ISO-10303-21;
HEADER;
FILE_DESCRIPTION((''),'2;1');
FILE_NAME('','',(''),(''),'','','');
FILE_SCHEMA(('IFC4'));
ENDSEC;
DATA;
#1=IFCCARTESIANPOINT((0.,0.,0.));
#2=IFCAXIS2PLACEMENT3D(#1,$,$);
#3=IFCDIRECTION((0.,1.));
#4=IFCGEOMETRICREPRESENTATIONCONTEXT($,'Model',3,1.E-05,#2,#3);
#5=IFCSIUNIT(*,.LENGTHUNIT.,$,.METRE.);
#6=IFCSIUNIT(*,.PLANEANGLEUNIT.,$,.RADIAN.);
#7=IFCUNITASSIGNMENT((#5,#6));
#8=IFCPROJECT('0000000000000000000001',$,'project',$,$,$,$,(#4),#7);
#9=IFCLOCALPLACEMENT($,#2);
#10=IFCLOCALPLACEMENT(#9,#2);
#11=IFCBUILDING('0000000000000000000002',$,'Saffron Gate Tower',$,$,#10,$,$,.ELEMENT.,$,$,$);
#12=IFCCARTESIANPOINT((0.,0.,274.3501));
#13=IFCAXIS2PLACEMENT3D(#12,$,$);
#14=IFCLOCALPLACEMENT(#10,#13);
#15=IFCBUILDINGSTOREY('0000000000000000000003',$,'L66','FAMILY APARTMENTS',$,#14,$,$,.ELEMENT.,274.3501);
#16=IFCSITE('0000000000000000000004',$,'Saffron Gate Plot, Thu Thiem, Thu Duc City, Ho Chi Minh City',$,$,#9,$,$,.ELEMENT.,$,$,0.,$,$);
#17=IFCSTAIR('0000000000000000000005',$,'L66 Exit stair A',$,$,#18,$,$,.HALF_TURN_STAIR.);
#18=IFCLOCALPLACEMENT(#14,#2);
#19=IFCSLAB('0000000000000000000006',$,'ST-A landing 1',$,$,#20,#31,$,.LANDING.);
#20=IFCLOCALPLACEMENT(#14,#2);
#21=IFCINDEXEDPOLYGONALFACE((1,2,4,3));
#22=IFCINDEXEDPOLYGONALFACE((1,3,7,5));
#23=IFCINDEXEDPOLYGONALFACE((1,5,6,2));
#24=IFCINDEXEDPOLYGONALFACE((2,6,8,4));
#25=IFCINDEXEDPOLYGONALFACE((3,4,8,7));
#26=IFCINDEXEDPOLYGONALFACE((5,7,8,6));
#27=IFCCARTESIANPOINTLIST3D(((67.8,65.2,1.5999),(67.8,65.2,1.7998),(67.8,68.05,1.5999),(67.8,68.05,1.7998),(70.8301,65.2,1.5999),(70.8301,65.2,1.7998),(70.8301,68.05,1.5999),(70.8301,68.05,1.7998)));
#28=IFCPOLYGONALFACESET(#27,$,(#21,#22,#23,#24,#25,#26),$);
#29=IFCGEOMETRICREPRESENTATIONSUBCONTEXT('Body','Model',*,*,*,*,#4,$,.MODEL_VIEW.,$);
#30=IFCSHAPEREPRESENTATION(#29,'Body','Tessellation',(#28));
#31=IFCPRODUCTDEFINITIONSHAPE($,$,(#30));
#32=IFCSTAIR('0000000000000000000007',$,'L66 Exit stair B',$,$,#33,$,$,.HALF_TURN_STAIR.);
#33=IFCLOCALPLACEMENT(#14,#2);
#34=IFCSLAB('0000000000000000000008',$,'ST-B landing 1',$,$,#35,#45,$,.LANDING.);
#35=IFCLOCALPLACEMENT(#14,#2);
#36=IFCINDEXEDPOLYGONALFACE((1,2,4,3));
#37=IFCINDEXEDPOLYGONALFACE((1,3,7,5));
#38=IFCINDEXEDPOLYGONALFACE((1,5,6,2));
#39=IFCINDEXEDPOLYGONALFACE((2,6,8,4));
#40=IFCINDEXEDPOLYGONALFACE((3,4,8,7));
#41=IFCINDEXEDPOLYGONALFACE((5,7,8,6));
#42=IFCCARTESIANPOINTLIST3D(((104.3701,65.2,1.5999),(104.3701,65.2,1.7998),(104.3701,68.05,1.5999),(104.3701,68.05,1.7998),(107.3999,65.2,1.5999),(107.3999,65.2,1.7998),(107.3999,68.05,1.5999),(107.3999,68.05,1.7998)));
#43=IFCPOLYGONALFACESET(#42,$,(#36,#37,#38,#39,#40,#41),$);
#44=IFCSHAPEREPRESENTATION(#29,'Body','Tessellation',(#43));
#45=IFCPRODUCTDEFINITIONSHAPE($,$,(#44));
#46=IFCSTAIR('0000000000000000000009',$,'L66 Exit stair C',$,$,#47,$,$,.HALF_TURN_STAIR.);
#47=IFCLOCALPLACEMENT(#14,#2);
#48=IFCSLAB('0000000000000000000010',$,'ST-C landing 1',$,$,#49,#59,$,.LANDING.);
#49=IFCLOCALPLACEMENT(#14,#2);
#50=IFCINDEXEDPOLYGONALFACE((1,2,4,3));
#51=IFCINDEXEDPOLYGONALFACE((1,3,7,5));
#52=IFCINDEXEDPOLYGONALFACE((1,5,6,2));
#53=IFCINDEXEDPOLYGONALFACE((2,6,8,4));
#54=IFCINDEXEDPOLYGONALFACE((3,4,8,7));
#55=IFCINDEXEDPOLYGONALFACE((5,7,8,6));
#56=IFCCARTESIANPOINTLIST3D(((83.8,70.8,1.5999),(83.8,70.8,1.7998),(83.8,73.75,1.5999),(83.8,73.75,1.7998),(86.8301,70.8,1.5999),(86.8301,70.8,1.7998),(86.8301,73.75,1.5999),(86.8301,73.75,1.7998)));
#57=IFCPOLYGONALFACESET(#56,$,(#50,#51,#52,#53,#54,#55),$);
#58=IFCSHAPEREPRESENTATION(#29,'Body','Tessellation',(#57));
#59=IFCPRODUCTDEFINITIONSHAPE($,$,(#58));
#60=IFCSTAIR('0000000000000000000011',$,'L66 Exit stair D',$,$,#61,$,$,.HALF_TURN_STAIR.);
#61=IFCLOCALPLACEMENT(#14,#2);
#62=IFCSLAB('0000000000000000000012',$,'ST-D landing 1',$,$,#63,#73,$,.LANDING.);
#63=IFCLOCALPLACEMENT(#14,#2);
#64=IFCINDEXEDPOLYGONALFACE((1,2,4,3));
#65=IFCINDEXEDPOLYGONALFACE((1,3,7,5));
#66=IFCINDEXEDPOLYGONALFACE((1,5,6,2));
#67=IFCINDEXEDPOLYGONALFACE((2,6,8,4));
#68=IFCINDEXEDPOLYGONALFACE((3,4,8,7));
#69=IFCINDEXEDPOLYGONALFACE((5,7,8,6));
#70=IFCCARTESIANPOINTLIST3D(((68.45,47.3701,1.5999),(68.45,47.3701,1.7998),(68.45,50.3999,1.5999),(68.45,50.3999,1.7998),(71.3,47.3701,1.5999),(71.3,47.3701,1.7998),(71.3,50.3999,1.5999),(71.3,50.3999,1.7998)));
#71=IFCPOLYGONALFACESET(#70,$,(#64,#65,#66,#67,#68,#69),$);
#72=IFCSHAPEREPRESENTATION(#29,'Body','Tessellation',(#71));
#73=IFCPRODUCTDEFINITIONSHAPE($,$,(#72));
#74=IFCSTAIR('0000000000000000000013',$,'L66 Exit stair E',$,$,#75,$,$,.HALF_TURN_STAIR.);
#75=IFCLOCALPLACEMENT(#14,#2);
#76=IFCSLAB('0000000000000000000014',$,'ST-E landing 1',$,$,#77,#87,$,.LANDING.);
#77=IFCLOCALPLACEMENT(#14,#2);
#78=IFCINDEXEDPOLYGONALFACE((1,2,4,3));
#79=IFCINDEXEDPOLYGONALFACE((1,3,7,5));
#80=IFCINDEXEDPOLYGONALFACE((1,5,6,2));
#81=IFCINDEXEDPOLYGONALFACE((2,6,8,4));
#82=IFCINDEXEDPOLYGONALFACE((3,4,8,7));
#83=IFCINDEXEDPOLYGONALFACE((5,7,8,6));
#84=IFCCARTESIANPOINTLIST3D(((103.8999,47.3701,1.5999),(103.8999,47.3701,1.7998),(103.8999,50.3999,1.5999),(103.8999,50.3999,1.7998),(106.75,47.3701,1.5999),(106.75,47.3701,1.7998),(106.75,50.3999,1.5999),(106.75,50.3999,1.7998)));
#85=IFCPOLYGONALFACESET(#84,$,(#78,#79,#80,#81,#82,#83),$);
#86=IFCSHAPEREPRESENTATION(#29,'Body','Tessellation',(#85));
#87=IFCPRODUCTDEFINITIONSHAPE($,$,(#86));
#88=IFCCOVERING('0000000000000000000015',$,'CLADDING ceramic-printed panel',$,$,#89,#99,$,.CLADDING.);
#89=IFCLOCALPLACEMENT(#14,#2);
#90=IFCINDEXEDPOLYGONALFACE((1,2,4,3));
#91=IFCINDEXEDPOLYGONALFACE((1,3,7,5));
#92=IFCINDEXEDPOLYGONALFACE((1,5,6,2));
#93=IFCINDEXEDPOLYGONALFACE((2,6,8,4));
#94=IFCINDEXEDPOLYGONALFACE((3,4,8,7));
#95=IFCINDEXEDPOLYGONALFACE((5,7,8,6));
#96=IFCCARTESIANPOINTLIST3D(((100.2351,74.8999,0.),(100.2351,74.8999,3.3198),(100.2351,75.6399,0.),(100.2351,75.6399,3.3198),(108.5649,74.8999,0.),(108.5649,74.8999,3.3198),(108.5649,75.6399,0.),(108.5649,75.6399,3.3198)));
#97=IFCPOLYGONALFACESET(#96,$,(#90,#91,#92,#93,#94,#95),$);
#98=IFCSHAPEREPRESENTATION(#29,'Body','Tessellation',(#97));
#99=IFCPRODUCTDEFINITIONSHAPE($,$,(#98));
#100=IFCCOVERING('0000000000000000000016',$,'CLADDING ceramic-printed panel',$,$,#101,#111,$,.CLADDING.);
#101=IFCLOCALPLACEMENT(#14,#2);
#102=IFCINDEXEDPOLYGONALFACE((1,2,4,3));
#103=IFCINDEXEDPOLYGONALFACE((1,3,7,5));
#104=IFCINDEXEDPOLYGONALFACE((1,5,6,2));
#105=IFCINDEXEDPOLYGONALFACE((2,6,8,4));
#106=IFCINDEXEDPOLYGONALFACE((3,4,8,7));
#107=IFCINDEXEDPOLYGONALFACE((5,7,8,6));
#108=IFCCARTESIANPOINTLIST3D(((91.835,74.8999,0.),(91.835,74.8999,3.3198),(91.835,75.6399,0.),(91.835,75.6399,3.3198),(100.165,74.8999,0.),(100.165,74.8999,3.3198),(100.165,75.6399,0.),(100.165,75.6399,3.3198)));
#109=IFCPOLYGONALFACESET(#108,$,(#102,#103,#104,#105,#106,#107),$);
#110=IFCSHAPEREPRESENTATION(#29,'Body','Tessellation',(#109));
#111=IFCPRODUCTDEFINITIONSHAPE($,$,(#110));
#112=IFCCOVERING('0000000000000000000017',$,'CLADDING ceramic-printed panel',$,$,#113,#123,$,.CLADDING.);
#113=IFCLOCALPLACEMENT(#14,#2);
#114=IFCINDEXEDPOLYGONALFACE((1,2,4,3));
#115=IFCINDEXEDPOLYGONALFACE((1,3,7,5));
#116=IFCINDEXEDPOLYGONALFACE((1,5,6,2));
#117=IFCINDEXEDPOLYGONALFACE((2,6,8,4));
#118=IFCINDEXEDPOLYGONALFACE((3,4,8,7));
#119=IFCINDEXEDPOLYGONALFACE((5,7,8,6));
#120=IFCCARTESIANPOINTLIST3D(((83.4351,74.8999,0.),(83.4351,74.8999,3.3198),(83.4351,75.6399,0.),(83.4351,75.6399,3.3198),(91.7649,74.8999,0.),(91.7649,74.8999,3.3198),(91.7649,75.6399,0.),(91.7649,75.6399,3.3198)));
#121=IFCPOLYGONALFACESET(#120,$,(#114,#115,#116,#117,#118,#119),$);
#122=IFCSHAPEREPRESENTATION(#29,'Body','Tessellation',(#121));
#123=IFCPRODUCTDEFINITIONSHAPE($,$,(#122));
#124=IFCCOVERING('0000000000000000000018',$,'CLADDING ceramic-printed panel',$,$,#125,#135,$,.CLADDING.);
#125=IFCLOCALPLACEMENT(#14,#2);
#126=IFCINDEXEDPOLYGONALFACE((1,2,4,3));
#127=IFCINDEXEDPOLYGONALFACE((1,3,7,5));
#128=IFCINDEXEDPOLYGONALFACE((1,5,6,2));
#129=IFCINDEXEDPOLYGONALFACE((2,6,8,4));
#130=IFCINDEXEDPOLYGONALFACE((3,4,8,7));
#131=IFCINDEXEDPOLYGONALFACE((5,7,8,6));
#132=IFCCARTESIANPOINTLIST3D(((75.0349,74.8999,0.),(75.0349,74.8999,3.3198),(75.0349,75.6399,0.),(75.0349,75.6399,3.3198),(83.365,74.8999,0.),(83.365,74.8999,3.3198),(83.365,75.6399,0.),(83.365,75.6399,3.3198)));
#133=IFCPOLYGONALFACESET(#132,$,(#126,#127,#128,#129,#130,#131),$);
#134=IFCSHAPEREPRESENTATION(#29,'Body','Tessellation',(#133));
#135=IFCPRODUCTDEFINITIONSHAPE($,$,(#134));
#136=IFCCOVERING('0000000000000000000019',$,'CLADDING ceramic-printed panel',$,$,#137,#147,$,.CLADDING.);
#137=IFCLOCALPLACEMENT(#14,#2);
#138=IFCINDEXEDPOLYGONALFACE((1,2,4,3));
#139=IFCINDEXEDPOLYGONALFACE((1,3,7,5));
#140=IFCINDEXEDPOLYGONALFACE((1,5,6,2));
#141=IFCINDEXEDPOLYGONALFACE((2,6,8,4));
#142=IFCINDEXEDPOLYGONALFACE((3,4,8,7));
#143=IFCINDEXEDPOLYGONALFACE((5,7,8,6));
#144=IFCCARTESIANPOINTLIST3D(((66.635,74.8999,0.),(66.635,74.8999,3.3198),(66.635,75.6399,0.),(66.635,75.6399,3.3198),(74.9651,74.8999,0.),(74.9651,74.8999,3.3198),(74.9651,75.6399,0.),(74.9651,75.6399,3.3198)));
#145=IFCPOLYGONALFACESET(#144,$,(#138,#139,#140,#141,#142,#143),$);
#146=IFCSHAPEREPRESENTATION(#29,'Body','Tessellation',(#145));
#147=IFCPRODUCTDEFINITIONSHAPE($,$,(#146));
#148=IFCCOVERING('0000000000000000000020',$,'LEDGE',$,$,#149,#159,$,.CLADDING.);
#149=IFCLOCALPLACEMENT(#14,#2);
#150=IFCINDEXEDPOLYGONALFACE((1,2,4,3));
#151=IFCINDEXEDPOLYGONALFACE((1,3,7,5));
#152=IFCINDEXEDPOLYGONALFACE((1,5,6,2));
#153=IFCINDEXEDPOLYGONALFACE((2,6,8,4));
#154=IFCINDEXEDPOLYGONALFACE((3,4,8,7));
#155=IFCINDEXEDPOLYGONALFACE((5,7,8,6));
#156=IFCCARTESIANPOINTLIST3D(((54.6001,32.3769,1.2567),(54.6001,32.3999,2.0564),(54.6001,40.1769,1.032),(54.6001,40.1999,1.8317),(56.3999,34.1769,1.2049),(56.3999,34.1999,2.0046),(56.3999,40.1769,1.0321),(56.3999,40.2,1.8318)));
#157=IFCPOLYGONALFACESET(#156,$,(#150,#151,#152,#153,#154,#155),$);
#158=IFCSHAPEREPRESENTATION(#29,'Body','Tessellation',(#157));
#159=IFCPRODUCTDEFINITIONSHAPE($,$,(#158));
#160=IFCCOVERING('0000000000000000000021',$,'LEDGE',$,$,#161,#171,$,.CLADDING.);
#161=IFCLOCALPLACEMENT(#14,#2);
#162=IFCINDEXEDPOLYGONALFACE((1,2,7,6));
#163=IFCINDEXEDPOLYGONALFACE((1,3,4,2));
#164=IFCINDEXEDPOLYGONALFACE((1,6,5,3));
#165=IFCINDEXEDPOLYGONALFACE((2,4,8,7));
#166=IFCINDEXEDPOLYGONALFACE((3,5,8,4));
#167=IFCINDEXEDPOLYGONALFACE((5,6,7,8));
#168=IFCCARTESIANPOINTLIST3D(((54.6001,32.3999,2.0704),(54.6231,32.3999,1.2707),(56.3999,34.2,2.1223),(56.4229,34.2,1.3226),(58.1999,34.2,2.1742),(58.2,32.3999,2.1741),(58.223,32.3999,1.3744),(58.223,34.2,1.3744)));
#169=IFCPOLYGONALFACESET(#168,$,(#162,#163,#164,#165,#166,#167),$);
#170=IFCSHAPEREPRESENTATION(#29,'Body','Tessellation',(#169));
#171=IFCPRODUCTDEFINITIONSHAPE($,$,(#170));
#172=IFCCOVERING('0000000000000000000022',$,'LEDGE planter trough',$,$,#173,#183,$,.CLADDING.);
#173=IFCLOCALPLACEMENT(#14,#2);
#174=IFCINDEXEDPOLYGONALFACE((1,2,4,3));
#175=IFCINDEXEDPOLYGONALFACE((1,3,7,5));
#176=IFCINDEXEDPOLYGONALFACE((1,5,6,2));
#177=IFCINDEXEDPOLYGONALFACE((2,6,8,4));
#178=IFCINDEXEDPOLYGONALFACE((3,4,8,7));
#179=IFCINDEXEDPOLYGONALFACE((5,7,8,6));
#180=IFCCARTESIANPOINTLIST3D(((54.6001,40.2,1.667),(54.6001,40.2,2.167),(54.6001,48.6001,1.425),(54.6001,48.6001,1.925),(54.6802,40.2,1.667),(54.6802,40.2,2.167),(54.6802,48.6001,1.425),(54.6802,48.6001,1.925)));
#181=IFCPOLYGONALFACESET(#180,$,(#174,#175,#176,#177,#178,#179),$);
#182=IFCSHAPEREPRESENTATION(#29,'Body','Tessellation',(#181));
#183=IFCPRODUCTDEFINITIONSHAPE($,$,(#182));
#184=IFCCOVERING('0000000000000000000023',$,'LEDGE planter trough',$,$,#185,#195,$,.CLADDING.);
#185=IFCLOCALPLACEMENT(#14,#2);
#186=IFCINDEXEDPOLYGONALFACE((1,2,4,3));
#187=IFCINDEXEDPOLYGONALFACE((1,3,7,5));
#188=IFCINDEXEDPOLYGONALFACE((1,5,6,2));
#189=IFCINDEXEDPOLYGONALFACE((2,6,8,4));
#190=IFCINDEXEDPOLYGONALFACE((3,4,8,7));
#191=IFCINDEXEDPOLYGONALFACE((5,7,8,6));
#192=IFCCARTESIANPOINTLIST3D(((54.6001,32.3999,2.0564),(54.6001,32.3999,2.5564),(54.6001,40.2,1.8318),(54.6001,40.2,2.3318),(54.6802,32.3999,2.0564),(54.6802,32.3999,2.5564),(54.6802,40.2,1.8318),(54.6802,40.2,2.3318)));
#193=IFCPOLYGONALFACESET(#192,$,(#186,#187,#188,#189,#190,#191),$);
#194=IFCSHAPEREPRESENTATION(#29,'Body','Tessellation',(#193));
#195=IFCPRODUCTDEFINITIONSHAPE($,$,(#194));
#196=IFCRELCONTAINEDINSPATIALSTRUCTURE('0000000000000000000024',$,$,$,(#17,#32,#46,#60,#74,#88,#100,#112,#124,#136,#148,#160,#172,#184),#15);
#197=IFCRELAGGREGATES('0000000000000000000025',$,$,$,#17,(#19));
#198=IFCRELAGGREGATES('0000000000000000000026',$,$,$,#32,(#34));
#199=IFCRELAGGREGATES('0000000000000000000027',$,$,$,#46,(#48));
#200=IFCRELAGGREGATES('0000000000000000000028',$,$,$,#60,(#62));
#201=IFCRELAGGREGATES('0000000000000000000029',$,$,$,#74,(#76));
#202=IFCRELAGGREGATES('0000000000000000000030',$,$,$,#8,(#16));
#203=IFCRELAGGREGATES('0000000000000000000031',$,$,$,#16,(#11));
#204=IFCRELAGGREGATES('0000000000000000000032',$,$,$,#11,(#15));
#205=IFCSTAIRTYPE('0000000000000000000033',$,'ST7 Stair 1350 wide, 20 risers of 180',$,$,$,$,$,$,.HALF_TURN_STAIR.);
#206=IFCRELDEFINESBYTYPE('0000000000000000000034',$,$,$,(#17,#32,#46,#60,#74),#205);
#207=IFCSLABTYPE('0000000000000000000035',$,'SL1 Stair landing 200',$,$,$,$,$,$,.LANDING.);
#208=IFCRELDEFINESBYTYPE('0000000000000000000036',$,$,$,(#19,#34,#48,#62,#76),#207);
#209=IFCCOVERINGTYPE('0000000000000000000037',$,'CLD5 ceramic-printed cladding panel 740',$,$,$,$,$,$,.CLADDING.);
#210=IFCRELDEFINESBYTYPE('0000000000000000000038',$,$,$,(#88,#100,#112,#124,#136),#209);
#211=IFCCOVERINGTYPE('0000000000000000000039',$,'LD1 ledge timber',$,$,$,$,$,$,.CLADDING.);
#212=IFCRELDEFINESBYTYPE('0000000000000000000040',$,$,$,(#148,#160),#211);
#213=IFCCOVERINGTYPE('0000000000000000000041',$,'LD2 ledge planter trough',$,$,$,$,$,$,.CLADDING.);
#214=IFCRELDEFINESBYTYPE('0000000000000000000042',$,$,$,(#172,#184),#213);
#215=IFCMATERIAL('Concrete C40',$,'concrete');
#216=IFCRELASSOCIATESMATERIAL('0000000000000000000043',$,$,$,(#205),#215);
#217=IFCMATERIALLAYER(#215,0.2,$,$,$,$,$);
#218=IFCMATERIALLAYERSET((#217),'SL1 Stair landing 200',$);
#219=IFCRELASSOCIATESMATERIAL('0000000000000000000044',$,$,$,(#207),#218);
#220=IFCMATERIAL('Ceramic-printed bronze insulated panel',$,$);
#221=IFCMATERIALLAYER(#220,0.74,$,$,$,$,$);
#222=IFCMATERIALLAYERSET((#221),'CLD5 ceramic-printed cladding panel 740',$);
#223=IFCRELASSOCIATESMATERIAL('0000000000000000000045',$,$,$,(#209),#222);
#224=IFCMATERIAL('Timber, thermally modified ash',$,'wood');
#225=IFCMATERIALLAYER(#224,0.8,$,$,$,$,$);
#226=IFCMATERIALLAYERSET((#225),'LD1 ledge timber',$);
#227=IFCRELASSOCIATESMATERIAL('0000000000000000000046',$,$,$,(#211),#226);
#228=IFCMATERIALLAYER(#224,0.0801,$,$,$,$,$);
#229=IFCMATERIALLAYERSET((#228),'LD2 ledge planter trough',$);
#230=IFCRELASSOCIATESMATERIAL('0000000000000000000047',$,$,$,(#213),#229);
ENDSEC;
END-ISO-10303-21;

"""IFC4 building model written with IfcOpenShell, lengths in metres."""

from ifc_helpers import new_model, si_unit, direction, frame, origin, place, context, subcontext, project, spatial, polyline, outline, extrude, material, layer, layer_set, type_object, element, aggregate, save


model = new_model("IFC4")

# Units and contexts
model_context = context("Model", 3, precision=1e-05, world=origin(), true_north=direction((0.0, 1.0)))
body_context = subcontext(model_context, "Body", "Model", "MODEL_VIEW")
ifc_project = project(units=[si_unit("LENGTHUNIT", "METRE"), si_unit("PLANEANGLEUNIT", "RADIAN")], contexts=[model_context])

# Site, building, storey
site_placement = place(None, origin())
site = spatial("IfcSite", under=ifc_project, at=site_placement, Name="Saffron Gate Plot, Thu Thiem, Thu Duc City, Ho Chi Minh City", CompositionType="ELEMENT", RefElevation=0.0)
building_placement = place(site_placement, origin())
building = spatial("IfcBuilding", under=site, at=building_placement, Name="Saffron Gate Tower", CompositionType="ELEMENT")
storey_placement = place(building_placement, frame((0.0, 0.0, 274.3501)))
storey = spatial("IfcBuildingStorey", under=building, at=storey_placement, Name="L66", Description="FAMILY APARTMENTS", CompositionType="ELEMENT", Elevation=274.3501)

# Shared definitions
ifc_material_1 = material(Name="Concrete C40", Category="concrete")

# Stairs, slabs
stair_type = type_object("IfcStairType", Name="ST7 Stair 1350 wide, 20 risers of 180", PredefinedType="HALF_TURN_STAIR", material=ifc_material_1)
stair_1_placement = place(storey_placement, origin())
stair_1 = element("IfcStair", 1, at=stair_1_placement, inside=storey, type_object=stair_type, Name="L66 Exit stair A", PredefinedType="HALF_TURN_STAIR")
ifc_layer_1 = layer(ifc_material_1, 0.2)
ifc_layer_set_1 = layer_set([ifc_layer_1], Name="SL1 Stair landing 200")
slab_type_1 = type_object("IfcSlabType", Name="SL1 Stair landing 200", PredefinedType="LANDING", material=ifc_layer_set_1)
slab_1_placement = place(storey_placement, frame((0.0, 0.0, 1.5999)))
slab_1 = element("IfcSlab", 2, at=slab_1_placement, type_object=slab_type_1, Name="ST-A landing 1", PredefinedType="LANDING", context=body_context, shape_type="SweptSolid", body=[
    extrude(outline(polyline([(70.8301, 68.05), (67.8, 68.05), (67.8, 65.2), (70.8301, 65.2), (70.8301, 68.05)])), origin(), (0.0, 0.0, 1.0), 0.2),
])
aggregate(stair_1, [slab_1])
stair_2_placement = place(storey_placement, origin())
stair_2 = element("IfcStair", 3, at=stair_2_placement, inside=storey, type_object=stair_type, Name="L66 Exit stair B", PredefinedType="HALF_TURN_STAIR")
slab_2_placement = place(storey_placement, frame((0.0, 0.0, 1.5999)))
slab_2 = element("IfcSlab", 4, at=slab_2_placement, type_object=slab_type_1, Name="ST-B landing 1", PredefinedType="LANDING", context=body_context, shape_type="SweptSolid", body=[
    extrude(outline(polyline([(104.3701, 65.2), (107.3999, 65.2), (107.3999, 68.05), (104.3701, 68.05), (104.3701, 65.2)])), origin(), (0.0, 0.0, 1.0), 0.2),
])
aggregate(stair_2, [slab_2])
stair_3_placement = place(storey_placement, origin())
stair_3 = element("IfcStair", 5, at=stair_3_placement, inside=storey, type_object=stair_type, Name="L66 Exit stair C", PredefinedType="HALF_TURN_STAIR")
slab_3_placement = place(storey_placement, frame((0.0, 0.0, 1.5999)))
slab_3 = element("IfcSlab", 6, at=slab_3_placement, type_object=slab_type_1, Name="ST-C landing 1", PredefinedType="LANDING", context=body_context, shape_type="SweptSolid", body=[
    extrude(outline(polyline([(86.8301, 73.75), (83.8, 73.75), (83.8, 70.8), (86.8301, 70.8), (86.8301, 73.75)])), origin(), (0.0, 0.0, 1.0), 0.2),
])
aggregate(stair_3, [slab_3])
stair_4_placement = place(storey_placement, origin())
stair_4 = element("IfcStair", 7, at=stair_4_placement, inside=storey, type_object=stair_type, Name="L66 Exit stair D", PredefinedType="HALF_TURN_STAIR")
slab_4_placement = place(storey_placement, frame((0.0, 0.0, 1.5999)))
slab_4 = element("IfcSlab", 8, at=slab_4_placement, type_object=slab_type_1, Name="ST-D landing 1", PredefinedType="LANDING", context=body_context, shape_type="SweptSolid", body=[
    extrude(outline(polyline([(71.3, 47.3701), (71.3, 50.3999), (68.45, 50.3999), (68.45, 47.3701), (71.3, 47.3701)])), origin(), (0.0, 0.0, 1.0), 0.2),
])
aggregate(stair_4, [slab_4])
stair_5_placement = place(storey_placement, origin())
stair_5 = element("IfcStair", 9, at=stair_5_placement, inside=storey, type_object=stair_type, Name="L66 Exit stair E", PredefinedType="HALF_TURN_STAIR")
slab_5_placement = place(storey_placement, frame((0.0, 0.0, 1.5999)))
slab_5 = element("IfcSlab", 10, at=slab_5_placement, type_object=slab_type_1, Name="ST-E landing 1", PredefinedType="LANDING", context=body_context, shape_type="SweptSolid", body=[
    extrude(outline(polyline([(106.75, 47.3701), (106.75, 50.3999), (103.8999, 50.3999), (103.8999, 47.3701), (106.75, 47.3701)])), origin(), (0.0, 0.0, 1.0), 0.2),
])
aggregate(stair_5, [slab_5])

# Coverings
ifc_material_2 = material(Name="Ceramic-printed bronze insulated panel")
ifc_layer_2 = layer(ifc_material_2, 0.74)
ifc_layer_set_2 = layer_set([ifc_layer_2], Name="CLD5 ceramic-printed cladding panel 740")
covering_type_1 = type_object("IfcCoveringType", Name="CLD5 ceramic-printed cladding panel 740", PredefinedType="CLADDING", material=ifc_layer_set_2)
covering_1_placement = place(storey_placement, origin())
element("IfcCovering", 11, at=covering_1_placement, inside=storey, type_object=covering_type_1, Name="CLADDING ceramic-printed panel", PredefinedType="CLADDING", context=body_context, shape_type="SweptSolid", body=[
    extrude(outline(polyline([(108.5649, 75.6399), (100.2351, 75.6399), (100.2351, 74.8999), (108.5649, 74.8999), (108.5649, 75.6399)])), origin(), (0.0, 0.0, 1.0), 3.3198),
])
covering_2_placement = place(storey_placement, origin())
element("IfcCovering", 12, at=covering_2_placement, inside=storey, type_object=covering_type_1, Name="CLADDING ceramic-printed panel", PredefinedType="CLADDING", context=body_context, shape_type="SweptSolid", body=[
    extrude(outline(polyline([(100.165, 75.6399), (91.835, 75.6399), (91.835, 74.8999), (100.165, 74.8999), (100.165, 75.6399)])), origin(), (0.0, 0.0, 1.0), 3.3198),
])
covering_3_placement = place(storey_placement, origin())
element("IfcCovering", 13, at=covering_3_placement, inside=storey, type_object=covering_type_1, Name="CLADDING ceramic-printed panel", PredefinedType="CLADDING", context=body_context, shape_type="SweptSolid", body=[
    extrude(outline(polyline([(91.7649, 75.6399), (83.4351, 75.6399), (83.4351, 74.8999), (91.7649, 74.8999), (91.7649, 75.6399)])), origin(), (0.0, 0.0, 1.0), 3.3198),
])
covering_4_placement = place(storey_placement, origin())
element("IfcCovering", 14, at=covering_4_placement, inside=storey, type_object=covering_type_1, Name="CLADDING ceramic-printed panel", PredefinedType="CLADDING", context=body_context, shape_type="SweptSolid", body=[
    extrude(outline(polyline([(83.365, 75.6399), (75.0349, 75.6399), (75.0349, 74.8999), (83.365, 74.8999), (83.365, 75.6399)])), origin(), (0.0, 0.0, 1.0), 3.3198),
])
covering_5_placement = place(storey_placement, origin())
element("IfcCovering", 15, at=covering_5_placement, inside=storey, type_object=covering_type_1, Name="CLADDING ceramic-printed panel", PredefinedType="CLADDING", context=body_context, shape_type="SweptSolid", body=[
    extrude(outline(polyline([(74.9651, 75.6399), (66.635, 75.6399), (66.635, 74.8999), (74.9651, 74.8999), (74.9651, 75.6399)])), origin(), (0.0, 0.0, 1.0), 3.3198),
])
ifc_material_3 = material(Name="Timber, thermally modified ash", Category="wood")
ifc_layer_3 = layer(ifc_material_3, 0.8)
ifc_layer_set_3 = layer_set([ifc_layer_3], Name="LD1 ledge timber")
covering_type_2 = type_object("IfcCoveringType", Name="LD1 ledge timber", PredefinedType="CLADDING", material=ifc_layer_set_3)
covering_6_placement = place(storey_placement, frame((56.3999, 40.2, 1.8318), z_axis=(-0.000024, 0.028789, 0.999585), x_axis=(0.0, -0.999585, 0.028789)))
element("IfcCovering", 16, at=covering_6_placement, inside=storey, type_object=covering_type_2, Name="LEDGE", PredefinedType="CLADDING", context=body_context, shape_type="SweptSolid", body=[
    extrude(outline(polyline([(0.0, 0.0), (6.0025, 0.0), (7.8033, -1.7998), (0.0, -1.7998), (0.0, 0.0)])), origin(), (0.0, 0.0, -1.0), 0.8),
])
covering_7_placement = place(storey_placement, frame((56.3999, 34.2, 2.1223), z_axis=(-0.028788, -0.000046, 0.999586), x_axis=(0.999586, 0.0, 0.028788)))
element("IfcCovering", 17, at=covering_7_placement, inside=storey, type_object=covering_type_2, Name="LEDGE", PredefinedType="CLADDING", context=body_context, shape_type="SweptSolid", body=[
    extrude(outline(polyline([(0.0, 0.0), (1.8008, 0.0), (1.8008, -1.8), (-1.8006, -1.8), (0.0, 0.0)])), origin(), (0.0, 0.0, -1.0), 0.8),
])
ifc_layer_4 = layer(ifc_material_3, 0.0801)
ifc_layer_set_4 = layer_set([ifc_layer_4], Name="LD2 ledge planter trough")
covering_type_3 = type_object("IfcCoveringType", Name="LD2 ledge planter trough", PredefinedType="CLADDING", material=ifc_layer_set_4)
covering_8_placement = place(storey_placement, frame((54.6001, 48.6001, 1.425), z_axis=(-1.0, 0.0, 0.0), x_axis=(0.0, -0.999585, 0.02879)))
element("IfcCovering", 18, at=covering_8_placement, inside=storey, type_object=covering_type_3, Name="LEDGE planter trough", PredefinedType="CLADDING", context=body_context, shape_type="SweptSolid", body=[
    extrude(outline(polyline([(0.0, 0.0), (8.4036, 0.0), (8.418, 0.4998), (0.0144, 0.4998), (0.0, 0.0)])), origin(), (0.0, 0.0, -1.0), 0.0801),
])
covering_9_placement = place(storey_placement, frame((54.6001, 40.2, 1.8318), z_axis=(-1.0, 0.0, 0.0), x_axis=(0.0, -0.999586, 0.028784)))
element("IfcCovering", 19, at=covering_9_placement, inside=storey, type_object=covering_type_3, Name="LEDGE planter trough", PredefinedType="CLADDING", context=body_context, shape_type="SweptSolid", body=[
    extrude(outline(polyline([(0.0, 0.0), (7.8033, 0.0), (7.8177, 0.4998), (0.0144, 0.4998), (0.0, 0.0)])), origin(), (0.0, 0.0, -1.0), 0.0801),
])

save(model, "model.ifc")
